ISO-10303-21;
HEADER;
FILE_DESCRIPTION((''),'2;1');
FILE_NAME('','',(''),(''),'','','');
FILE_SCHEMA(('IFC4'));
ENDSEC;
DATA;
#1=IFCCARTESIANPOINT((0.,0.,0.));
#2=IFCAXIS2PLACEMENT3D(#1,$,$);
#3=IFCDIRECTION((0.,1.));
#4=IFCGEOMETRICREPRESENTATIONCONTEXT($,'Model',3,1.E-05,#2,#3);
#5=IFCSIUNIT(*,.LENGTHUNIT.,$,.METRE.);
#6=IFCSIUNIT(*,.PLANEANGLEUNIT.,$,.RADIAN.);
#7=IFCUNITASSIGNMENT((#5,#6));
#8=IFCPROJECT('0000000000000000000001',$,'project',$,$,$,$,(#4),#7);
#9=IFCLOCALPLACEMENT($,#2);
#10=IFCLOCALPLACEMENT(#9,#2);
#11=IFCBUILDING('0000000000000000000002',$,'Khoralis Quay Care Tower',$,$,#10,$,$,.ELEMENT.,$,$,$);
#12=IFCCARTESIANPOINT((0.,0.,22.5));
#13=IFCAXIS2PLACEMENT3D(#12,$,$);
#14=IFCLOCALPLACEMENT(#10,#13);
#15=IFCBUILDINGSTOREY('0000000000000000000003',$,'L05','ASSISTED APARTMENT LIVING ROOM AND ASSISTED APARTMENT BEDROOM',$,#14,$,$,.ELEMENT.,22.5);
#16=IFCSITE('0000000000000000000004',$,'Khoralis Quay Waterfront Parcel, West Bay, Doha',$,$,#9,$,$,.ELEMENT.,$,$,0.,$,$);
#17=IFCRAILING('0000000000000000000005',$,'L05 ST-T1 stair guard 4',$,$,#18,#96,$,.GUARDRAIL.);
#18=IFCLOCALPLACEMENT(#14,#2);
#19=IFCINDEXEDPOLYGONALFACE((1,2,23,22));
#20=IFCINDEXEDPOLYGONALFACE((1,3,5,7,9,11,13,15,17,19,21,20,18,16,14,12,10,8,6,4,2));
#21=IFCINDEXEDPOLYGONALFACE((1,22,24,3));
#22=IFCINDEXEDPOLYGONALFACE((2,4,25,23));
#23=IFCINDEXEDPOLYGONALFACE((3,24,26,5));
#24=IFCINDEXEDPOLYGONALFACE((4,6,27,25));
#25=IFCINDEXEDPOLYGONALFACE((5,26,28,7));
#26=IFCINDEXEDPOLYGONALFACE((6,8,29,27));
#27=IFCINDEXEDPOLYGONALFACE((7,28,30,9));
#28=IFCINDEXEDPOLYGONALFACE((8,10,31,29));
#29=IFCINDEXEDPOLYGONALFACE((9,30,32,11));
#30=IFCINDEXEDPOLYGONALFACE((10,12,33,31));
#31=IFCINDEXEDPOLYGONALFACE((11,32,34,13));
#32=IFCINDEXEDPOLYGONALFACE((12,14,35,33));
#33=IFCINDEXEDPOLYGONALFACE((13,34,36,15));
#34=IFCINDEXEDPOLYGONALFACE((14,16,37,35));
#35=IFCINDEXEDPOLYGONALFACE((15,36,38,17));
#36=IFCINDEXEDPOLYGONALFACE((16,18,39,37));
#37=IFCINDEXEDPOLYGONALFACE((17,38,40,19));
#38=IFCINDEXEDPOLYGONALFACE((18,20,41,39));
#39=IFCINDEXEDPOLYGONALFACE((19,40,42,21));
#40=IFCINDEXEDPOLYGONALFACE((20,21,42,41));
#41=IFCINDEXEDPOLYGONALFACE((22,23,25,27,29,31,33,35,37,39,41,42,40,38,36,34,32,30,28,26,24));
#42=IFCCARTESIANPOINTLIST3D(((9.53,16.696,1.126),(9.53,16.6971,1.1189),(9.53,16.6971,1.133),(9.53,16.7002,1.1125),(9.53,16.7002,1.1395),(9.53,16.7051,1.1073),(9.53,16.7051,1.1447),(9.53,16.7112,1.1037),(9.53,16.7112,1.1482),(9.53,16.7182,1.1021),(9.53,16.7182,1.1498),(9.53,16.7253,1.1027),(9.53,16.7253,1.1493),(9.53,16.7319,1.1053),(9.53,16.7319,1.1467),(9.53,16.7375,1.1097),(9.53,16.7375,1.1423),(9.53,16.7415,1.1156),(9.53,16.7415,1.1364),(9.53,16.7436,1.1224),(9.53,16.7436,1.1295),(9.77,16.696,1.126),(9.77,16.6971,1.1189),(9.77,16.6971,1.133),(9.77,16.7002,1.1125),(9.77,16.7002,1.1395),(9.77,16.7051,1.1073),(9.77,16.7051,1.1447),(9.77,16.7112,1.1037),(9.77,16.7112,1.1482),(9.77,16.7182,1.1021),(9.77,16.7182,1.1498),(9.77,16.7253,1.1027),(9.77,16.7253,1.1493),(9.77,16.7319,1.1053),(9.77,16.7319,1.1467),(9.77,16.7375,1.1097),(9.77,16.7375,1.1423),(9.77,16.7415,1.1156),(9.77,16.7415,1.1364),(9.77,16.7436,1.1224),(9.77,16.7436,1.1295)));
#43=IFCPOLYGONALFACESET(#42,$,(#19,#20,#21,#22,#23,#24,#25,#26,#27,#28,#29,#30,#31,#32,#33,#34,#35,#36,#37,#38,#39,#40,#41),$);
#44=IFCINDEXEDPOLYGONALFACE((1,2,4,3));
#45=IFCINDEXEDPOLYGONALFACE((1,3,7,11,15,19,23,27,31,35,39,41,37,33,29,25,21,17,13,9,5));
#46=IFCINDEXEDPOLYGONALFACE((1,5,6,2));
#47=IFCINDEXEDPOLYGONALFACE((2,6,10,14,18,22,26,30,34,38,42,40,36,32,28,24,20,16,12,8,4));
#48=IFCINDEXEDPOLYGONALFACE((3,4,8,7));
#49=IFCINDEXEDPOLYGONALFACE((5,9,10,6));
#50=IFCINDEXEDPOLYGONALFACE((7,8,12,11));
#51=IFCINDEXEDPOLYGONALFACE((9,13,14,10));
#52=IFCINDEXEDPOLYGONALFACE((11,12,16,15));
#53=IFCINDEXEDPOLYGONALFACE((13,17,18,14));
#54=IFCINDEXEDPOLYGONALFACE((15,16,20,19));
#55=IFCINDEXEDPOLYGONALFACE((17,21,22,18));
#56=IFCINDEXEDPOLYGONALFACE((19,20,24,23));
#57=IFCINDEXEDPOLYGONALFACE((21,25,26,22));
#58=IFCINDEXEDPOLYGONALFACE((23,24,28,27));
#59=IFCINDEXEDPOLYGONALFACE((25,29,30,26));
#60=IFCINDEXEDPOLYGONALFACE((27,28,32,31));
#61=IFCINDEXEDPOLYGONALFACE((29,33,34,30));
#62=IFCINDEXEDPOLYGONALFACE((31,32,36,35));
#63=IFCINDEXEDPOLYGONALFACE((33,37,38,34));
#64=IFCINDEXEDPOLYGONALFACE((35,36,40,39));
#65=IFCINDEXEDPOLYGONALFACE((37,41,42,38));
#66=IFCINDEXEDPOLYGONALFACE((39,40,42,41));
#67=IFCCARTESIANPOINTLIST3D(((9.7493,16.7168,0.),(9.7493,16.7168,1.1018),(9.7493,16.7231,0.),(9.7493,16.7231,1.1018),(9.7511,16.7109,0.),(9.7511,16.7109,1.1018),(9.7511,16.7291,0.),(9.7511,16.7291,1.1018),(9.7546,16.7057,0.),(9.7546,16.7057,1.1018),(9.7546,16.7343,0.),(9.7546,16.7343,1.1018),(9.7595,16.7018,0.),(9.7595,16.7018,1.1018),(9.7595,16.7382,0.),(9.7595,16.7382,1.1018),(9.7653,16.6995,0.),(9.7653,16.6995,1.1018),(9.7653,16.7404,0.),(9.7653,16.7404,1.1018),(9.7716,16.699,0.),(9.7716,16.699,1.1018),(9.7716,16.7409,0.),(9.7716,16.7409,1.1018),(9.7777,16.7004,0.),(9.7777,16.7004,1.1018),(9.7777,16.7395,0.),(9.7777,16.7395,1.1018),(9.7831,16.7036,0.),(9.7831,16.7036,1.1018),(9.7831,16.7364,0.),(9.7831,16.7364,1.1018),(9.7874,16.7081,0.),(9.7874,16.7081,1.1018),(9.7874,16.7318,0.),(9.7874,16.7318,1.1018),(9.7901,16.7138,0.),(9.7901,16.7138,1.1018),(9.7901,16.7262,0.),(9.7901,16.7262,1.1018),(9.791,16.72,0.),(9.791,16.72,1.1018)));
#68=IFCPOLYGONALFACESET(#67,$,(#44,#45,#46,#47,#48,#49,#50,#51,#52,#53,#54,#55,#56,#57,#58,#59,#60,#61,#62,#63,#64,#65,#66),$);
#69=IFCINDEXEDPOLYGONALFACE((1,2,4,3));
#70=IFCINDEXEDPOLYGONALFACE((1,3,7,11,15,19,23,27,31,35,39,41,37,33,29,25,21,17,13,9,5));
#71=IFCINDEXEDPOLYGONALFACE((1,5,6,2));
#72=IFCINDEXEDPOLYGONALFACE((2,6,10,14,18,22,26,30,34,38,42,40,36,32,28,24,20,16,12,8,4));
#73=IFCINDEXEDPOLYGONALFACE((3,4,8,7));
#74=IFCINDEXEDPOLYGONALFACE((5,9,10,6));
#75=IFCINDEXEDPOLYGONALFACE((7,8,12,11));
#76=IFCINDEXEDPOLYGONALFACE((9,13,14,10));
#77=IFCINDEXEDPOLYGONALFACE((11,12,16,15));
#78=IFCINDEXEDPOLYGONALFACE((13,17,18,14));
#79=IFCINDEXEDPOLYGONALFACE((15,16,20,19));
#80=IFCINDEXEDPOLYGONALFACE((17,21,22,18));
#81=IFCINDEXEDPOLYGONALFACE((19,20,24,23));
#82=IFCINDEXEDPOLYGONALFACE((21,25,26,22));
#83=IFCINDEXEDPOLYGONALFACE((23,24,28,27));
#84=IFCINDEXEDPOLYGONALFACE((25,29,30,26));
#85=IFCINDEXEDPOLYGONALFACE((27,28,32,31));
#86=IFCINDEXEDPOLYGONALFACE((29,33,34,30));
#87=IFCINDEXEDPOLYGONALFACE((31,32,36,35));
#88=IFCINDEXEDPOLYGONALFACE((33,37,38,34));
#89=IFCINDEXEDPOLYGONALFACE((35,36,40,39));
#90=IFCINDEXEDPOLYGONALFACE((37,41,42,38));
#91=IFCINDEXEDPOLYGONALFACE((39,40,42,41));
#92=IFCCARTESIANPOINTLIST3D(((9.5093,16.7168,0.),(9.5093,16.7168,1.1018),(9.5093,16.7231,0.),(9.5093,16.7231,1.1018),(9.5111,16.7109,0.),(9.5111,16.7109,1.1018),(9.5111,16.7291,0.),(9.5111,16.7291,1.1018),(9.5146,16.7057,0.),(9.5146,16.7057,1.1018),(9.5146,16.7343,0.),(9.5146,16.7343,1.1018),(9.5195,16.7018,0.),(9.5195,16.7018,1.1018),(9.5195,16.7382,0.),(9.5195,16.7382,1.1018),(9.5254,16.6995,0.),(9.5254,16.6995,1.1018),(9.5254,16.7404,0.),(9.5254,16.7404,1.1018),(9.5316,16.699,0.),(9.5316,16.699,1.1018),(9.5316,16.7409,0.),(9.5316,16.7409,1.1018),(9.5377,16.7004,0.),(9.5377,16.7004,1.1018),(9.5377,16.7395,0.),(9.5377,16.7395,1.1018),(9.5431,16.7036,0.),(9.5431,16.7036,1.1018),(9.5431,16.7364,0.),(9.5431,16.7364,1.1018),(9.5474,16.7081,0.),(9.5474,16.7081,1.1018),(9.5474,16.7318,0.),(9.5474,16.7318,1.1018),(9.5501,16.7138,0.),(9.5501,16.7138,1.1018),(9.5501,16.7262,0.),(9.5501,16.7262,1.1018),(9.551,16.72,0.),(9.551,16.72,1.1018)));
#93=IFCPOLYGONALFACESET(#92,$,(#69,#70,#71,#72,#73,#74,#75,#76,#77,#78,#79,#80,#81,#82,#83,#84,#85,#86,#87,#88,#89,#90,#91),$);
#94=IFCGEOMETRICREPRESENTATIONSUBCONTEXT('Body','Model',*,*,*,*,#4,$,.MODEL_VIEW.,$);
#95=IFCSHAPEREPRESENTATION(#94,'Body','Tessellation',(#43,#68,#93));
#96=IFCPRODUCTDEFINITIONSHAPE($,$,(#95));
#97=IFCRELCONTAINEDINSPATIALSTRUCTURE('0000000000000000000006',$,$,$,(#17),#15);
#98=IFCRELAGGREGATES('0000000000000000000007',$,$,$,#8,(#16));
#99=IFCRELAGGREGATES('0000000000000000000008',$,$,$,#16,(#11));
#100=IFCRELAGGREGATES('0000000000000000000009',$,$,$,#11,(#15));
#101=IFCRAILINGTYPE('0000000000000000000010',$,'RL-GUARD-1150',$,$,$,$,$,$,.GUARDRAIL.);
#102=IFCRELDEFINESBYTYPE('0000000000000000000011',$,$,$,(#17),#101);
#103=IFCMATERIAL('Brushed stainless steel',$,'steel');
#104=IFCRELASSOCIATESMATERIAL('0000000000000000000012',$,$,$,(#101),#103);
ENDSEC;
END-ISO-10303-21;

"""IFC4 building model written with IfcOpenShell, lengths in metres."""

from ifc_helpers import new_model, si_unit, direction, frame, origin, origin_2d, place, context, subcontext, project, spatial, circle, extrude, material, type_object, element, save


model = new_model("IFC4")

# Units and contexts
model_context = context("Model", 3, precision=1e-05, world=origin(), true_north=direction((0.0, 1.0)))
body_context = subcontext(model_context, "Body", "Model", "MODEL_VIEW")
ifc_project = project(units=[si_unit("LENGTHUNIT", "METRE"), si_unit("PLANEANGLEUNIT", "RADIAN")], contexts=[model_context])

# Site, building, storey
site_placement = place(None, origin())
site = spatial("IfcSite", under=ifc_project, at=site_placement, Name="Khoralis Quay Waterfront Parcel, West Bay, Doha", CompositionType="ELEMENT", RefElevation=0.0)
building_placement = place(site_placement, origin())
building = spatial("IfcBuilding", under=site, at=building_placement, Name="Khoralis Quay Care Tower", CompositionType="ELEMENT")
storey_placement = place(building_placement, frame((0.0, 0.0, 22.5)))
storey = spatial("IfcBuildingStorey", under=building, at=storey_placement, Name="L05", Description="ASSISTED APARTMENT LIVING ROOM AND ASSISTED APARTMENT BEDROOM", CompositionType="ELEMENT", Elevation=22.5)

# Shared definitions
ifc_material_1 = material(Name="Brushed stainless steel", Category="steel")

# Railing
railing_type_1 = type_object("IfcRailingType", Name="RL-GUARD-1150", PredefinedType="GUARDRAIL", material=ifc_material_1)
railing_1_placement = place(storey_placement, frame((9.77, 16.72, 0.0)))
element("IfcRailing", 1, at=railing_1_placement, inside=storey, type_object=railing_type_1, Name="L05 ST-T1 stair guard 4", PredefinedType="GUARDRAIL", context=body_context, shape_type="SweptSolid", body=[
    extrude(circle(Radius=0.0239, at=origin_2d()), frame((0.0, 0.0, 1.126), z_axis=(-1.0, 0.0, 0.0), x_axis=(0.0, -1.0, 0.0)), (0.0, 0.0, 1.0), 0.24),
    extrude(circle(Radius=0.021, at=origin_2d()), origin(), (0.0, 0.0, 1.0), 1.1018),
    extrude(circle(Radius=0.021, at=origin_2d()), frame((-0.24, 0.0, 0.0)), (0.0, 0.0, 1.0), 1.1018),
])

save(model, "model.ifc")
